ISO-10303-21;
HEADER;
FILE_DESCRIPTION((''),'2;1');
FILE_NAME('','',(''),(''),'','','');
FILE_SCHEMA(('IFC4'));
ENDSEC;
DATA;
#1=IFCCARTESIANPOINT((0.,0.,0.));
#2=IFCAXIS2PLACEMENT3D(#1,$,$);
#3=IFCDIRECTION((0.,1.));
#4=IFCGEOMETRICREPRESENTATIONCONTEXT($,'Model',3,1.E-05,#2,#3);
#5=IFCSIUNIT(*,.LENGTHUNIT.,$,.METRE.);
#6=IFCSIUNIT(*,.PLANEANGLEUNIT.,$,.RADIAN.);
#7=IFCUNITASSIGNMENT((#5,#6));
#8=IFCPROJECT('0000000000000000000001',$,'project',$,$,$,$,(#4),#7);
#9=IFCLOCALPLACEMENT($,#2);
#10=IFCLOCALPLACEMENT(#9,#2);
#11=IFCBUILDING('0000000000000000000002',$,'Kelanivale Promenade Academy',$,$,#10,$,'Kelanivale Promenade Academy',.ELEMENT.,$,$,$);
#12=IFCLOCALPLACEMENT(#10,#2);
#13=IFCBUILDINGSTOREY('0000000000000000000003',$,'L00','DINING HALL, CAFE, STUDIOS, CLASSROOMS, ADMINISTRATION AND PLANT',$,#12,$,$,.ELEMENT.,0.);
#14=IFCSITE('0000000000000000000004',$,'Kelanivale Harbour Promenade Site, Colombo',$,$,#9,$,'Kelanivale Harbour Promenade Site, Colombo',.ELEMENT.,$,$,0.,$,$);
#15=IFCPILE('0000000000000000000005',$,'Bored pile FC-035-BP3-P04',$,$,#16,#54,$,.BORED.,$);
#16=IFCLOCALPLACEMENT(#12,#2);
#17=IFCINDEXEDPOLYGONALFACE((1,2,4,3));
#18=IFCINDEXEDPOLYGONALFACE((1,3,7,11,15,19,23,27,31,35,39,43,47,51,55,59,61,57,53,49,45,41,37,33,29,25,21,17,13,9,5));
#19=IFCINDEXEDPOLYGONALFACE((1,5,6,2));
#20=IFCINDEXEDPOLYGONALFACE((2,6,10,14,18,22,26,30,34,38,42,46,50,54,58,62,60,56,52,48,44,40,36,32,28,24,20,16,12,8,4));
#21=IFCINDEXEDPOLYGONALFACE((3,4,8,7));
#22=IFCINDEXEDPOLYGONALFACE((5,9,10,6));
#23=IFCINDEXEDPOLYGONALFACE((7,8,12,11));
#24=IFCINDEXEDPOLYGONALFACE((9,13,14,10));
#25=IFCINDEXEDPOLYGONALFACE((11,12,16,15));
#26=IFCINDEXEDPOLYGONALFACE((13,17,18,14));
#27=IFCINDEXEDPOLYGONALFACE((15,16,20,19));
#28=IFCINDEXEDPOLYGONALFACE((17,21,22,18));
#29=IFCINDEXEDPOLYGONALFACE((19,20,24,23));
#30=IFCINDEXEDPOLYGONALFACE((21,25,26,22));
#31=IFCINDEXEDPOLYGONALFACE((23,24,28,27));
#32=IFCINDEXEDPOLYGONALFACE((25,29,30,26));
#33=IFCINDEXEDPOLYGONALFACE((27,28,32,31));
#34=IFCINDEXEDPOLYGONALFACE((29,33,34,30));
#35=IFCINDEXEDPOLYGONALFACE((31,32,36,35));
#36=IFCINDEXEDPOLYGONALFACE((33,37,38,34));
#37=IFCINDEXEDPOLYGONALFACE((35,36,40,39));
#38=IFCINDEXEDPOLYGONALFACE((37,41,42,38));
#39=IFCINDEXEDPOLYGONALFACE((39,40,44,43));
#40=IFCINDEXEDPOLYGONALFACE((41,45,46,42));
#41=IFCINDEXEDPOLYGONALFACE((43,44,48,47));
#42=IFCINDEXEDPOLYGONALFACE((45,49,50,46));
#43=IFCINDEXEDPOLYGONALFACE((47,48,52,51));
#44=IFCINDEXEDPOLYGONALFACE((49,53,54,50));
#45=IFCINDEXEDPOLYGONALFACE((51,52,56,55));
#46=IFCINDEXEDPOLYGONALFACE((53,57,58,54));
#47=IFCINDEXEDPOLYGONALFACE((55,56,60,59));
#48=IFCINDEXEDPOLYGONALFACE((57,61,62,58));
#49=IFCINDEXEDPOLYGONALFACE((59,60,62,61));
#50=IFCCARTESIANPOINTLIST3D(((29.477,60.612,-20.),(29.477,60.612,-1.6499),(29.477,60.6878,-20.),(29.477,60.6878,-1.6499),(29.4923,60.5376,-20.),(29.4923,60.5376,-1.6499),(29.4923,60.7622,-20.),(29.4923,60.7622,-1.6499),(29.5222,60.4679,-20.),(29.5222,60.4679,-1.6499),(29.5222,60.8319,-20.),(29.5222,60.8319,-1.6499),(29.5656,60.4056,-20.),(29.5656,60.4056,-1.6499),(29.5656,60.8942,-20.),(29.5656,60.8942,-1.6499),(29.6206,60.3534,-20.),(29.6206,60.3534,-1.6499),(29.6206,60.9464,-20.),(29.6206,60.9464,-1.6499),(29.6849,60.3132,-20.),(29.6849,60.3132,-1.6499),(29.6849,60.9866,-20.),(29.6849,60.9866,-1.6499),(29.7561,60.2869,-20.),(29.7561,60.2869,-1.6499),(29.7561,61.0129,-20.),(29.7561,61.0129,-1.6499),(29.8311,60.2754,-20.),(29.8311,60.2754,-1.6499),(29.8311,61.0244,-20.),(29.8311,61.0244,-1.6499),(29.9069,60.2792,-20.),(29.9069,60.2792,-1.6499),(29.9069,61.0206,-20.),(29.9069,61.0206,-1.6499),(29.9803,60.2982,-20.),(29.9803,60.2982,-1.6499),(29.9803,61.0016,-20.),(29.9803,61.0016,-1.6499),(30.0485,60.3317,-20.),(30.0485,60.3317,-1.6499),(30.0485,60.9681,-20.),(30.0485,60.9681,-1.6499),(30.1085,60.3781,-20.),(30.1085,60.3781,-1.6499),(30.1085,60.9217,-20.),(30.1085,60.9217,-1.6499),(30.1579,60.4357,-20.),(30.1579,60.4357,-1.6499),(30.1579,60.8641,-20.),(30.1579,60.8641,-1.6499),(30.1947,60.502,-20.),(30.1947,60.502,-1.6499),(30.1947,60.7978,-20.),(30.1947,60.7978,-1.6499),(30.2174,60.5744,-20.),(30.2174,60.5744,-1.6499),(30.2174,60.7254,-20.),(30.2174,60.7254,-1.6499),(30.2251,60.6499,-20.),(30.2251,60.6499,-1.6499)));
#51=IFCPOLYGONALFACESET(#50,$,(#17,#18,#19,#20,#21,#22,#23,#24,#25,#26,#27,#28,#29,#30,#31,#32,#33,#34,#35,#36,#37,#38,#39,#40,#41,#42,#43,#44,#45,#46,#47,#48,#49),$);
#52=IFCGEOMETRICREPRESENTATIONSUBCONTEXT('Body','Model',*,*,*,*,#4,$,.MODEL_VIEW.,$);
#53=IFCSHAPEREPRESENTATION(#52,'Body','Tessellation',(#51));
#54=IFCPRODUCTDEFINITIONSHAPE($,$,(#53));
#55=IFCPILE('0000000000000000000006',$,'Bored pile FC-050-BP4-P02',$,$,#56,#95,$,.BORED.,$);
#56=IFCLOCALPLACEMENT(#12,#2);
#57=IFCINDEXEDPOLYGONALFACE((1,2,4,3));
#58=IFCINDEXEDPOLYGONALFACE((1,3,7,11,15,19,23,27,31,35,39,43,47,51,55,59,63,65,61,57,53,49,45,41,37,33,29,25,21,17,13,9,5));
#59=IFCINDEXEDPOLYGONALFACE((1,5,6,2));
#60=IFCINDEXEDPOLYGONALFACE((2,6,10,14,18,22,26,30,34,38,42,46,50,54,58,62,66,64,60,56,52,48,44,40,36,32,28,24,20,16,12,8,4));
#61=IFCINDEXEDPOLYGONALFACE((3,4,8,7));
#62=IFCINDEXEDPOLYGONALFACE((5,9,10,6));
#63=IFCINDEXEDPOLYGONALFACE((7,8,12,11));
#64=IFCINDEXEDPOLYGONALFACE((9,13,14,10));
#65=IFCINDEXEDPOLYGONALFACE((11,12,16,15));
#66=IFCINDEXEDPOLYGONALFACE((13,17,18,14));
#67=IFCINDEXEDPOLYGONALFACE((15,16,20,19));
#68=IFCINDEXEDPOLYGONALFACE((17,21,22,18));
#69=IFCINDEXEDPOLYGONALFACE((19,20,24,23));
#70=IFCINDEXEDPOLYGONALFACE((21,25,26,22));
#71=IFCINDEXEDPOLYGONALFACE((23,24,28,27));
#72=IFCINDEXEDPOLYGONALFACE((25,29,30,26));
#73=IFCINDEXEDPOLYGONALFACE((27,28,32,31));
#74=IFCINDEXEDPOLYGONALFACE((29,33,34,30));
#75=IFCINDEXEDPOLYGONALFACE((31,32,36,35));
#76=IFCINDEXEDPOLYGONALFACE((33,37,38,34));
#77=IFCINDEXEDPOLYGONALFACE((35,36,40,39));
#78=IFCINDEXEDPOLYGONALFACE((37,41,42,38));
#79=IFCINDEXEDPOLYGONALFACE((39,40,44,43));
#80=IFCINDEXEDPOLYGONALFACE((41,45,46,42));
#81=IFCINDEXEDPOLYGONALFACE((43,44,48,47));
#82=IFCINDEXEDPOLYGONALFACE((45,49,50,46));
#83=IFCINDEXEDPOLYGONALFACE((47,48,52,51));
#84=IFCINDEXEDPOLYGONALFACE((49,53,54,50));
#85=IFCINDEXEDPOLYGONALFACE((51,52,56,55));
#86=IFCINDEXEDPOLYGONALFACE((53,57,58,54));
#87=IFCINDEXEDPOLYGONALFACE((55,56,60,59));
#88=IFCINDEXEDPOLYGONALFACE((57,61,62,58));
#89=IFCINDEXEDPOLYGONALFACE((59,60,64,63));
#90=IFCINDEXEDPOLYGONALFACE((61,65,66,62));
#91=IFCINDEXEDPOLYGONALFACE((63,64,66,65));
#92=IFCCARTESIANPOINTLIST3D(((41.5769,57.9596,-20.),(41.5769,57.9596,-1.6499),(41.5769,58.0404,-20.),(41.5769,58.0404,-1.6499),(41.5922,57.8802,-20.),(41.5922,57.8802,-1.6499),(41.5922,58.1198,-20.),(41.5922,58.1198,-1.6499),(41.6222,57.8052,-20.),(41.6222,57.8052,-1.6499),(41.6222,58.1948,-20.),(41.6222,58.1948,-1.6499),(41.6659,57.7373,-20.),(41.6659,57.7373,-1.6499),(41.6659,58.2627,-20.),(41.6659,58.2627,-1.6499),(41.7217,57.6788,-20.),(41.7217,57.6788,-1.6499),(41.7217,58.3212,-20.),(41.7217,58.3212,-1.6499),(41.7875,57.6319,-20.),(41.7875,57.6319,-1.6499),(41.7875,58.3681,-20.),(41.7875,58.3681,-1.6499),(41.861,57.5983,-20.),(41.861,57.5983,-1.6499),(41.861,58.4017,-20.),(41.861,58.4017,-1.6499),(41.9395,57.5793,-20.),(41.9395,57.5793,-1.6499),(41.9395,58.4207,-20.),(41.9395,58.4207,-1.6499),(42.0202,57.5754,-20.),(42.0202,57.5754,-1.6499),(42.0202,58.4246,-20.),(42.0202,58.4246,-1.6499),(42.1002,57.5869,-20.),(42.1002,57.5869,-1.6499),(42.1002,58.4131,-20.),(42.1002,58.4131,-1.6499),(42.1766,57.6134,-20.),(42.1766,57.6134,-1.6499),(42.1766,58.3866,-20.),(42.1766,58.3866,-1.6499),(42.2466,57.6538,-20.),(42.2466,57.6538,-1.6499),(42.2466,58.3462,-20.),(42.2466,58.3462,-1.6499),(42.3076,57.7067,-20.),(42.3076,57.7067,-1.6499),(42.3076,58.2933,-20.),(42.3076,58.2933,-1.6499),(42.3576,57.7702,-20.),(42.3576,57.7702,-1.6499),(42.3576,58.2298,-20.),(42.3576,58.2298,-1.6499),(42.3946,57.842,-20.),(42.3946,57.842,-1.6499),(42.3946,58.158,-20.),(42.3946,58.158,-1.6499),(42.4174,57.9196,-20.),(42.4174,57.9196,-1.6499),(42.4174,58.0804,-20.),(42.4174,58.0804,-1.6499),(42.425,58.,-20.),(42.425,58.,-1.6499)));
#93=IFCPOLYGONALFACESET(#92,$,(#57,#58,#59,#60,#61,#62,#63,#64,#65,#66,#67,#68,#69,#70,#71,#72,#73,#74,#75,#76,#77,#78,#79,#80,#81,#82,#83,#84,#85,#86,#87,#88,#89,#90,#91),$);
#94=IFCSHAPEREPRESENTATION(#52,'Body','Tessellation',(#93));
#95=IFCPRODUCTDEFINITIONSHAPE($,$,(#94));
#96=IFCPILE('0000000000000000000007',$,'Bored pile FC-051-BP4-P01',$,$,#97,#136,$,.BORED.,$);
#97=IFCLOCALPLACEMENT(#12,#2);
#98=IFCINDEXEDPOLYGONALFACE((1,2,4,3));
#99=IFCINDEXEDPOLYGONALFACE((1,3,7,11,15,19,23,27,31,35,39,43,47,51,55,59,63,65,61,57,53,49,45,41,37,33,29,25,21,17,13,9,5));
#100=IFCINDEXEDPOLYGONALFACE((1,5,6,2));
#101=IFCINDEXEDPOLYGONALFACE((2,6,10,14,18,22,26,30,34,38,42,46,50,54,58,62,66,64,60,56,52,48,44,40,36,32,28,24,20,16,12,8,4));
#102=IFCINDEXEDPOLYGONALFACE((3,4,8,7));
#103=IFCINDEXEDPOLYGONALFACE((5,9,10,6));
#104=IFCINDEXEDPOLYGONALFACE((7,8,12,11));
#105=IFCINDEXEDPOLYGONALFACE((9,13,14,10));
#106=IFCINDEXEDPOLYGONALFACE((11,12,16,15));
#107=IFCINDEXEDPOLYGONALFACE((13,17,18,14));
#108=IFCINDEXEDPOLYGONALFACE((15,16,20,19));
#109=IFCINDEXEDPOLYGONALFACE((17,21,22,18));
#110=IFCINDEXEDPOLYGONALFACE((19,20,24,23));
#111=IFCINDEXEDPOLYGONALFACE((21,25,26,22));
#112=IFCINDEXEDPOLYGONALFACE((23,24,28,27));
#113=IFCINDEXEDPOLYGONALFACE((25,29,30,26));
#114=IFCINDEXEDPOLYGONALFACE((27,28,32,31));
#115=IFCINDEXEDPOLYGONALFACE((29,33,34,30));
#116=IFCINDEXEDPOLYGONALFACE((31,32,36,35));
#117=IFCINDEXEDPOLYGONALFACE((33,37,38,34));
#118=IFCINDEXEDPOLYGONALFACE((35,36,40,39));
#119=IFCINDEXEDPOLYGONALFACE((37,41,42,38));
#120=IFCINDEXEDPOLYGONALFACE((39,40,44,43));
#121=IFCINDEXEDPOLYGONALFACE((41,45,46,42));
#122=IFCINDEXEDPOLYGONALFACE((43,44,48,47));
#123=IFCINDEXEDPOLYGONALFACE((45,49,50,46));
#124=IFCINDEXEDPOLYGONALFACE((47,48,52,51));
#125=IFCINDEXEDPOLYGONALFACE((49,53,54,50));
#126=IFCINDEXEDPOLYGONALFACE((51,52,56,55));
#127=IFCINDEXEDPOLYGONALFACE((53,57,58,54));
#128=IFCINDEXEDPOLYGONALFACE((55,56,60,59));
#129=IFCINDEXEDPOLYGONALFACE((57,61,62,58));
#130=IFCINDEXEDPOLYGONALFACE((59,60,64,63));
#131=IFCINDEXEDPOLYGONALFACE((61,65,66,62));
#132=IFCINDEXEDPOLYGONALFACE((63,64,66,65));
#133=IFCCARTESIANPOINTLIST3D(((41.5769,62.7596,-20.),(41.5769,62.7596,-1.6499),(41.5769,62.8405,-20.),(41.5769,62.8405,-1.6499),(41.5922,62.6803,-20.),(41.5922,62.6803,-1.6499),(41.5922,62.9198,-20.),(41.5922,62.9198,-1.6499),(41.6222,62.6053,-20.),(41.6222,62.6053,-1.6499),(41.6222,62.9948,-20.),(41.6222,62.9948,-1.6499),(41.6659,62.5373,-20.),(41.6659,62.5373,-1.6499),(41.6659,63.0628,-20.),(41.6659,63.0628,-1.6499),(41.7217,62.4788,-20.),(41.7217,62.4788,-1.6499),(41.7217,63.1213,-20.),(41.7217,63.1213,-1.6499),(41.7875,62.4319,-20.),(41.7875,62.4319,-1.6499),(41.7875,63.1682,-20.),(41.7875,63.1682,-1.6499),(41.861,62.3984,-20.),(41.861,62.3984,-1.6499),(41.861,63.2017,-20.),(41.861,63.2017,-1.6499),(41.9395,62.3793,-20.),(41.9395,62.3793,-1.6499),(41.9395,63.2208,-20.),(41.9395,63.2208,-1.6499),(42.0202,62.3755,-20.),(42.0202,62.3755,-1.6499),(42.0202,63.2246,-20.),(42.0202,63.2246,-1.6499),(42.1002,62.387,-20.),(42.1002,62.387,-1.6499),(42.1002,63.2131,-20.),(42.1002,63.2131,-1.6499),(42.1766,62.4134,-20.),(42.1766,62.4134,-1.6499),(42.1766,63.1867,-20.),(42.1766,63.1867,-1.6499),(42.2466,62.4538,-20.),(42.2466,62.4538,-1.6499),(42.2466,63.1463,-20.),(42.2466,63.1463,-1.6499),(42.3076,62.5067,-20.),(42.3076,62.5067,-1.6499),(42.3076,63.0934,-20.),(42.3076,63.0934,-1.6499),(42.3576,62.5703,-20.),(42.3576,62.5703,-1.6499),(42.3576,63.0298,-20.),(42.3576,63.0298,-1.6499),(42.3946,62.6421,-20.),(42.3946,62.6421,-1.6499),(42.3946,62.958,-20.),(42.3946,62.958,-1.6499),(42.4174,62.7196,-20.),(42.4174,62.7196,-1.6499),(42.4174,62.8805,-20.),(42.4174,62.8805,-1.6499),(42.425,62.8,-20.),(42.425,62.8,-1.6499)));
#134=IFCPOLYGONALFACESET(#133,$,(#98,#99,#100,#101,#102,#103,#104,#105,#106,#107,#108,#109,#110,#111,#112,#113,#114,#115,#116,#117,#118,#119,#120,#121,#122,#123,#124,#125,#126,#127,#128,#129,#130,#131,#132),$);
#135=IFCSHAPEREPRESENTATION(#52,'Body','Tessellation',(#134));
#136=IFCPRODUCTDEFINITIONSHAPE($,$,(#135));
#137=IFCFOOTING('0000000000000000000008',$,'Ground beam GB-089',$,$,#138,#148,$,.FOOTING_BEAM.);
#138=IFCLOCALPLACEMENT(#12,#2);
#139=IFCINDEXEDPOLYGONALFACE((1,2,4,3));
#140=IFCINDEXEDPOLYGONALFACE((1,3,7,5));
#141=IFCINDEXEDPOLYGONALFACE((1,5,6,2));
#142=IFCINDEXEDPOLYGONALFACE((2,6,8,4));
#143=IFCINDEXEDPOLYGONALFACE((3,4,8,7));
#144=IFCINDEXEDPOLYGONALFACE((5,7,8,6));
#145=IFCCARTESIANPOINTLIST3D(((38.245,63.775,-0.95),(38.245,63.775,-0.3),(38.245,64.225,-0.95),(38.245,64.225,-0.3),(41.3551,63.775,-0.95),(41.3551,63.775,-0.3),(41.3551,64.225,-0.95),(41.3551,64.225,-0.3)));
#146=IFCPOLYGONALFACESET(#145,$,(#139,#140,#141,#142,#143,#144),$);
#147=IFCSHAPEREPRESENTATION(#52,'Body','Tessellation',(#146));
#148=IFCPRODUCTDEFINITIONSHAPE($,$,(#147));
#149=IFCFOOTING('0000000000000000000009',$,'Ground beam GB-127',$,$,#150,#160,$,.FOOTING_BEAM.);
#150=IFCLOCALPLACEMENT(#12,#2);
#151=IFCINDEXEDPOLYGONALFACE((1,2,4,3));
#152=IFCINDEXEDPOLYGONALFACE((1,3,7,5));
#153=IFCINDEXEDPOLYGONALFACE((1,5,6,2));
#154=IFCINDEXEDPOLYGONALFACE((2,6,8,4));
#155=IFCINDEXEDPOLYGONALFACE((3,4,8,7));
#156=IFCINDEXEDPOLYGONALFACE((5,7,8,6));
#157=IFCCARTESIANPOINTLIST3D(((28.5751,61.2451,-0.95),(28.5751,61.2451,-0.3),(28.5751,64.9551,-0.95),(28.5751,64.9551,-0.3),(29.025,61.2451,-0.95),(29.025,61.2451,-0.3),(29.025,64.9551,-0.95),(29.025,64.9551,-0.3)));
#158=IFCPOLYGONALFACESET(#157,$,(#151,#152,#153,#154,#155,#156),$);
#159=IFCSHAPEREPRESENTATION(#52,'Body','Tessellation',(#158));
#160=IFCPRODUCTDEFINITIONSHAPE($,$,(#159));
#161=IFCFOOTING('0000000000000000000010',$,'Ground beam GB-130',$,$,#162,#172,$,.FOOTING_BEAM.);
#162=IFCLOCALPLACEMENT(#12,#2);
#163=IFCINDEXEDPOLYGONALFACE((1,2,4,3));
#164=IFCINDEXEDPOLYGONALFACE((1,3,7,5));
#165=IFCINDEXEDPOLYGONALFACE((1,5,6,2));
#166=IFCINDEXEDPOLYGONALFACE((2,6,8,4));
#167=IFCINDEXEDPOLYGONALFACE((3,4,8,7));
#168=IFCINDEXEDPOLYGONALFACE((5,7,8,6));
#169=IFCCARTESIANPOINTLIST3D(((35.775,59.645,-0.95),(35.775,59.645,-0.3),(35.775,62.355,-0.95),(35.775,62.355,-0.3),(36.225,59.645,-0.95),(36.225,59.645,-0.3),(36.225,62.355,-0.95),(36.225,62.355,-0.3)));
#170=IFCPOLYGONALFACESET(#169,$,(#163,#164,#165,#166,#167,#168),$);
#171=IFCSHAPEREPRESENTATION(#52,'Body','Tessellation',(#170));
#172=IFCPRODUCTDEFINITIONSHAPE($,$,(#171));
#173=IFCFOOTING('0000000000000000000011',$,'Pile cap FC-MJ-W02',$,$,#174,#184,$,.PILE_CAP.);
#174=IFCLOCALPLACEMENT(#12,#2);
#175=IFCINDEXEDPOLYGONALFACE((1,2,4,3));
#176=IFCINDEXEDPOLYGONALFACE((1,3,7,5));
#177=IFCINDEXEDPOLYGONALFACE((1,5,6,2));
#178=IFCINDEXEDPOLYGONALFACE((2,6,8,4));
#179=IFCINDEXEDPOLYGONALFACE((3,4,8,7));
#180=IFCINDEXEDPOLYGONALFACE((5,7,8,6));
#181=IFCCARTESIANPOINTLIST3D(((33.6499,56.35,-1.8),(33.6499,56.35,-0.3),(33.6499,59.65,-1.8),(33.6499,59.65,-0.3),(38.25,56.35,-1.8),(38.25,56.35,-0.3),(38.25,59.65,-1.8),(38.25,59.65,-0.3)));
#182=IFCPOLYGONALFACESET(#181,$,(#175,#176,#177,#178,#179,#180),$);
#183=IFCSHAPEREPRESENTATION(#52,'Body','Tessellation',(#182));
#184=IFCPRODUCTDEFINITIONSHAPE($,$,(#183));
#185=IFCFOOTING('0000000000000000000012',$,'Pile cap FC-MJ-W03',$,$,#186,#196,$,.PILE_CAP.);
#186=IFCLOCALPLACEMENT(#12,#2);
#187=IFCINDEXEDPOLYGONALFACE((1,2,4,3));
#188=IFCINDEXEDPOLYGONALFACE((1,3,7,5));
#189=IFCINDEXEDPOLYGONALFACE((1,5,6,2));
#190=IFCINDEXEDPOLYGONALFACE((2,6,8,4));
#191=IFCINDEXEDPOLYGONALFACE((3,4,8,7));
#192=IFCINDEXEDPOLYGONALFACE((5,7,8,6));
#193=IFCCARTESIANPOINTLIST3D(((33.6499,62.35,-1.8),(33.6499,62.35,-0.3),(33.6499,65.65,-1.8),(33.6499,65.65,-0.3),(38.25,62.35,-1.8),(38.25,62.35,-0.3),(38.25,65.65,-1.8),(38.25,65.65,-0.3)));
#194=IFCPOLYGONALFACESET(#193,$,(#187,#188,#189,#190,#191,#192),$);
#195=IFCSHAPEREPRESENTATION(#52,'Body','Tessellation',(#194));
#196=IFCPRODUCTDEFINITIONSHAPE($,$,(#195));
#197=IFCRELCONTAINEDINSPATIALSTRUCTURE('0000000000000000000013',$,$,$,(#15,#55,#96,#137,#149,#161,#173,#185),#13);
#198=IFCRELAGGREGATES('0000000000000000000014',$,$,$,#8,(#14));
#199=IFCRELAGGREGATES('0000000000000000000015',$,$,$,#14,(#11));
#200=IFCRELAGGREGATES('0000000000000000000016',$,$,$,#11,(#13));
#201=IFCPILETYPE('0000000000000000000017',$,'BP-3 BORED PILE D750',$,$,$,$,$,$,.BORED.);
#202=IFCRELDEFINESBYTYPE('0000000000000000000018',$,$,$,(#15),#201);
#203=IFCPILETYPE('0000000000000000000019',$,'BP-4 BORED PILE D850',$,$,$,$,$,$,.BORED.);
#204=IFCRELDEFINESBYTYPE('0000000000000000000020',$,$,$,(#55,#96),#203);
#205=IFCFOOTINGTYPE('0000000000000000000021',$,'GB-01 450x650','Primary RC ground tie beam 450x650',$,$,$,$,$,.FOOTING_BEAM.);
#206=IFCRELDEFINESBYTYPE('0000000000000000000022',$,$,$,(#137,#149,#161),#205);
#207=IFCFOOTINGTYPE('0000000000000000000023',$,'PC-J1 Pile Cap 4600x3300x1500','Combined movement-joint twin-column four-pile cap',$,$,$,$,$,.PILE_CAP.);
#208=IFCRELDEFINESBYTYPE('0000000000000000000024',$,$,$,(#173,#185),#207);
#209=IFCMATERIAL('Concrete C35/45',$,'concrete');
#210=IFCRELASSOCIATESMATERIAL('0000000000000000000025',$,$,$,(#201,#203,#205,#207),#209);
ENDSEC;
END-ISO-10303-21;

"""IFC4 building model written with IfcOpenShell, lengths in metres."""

from ifc_helpers import new_model, si_unit, direction, frame, origin, origin_2d, place, context, subcontext, project, spatial, rectangle, circle, extrude, material, material_profile, profile_set, type_object, element, save


model = new_model("IFC4")

# Units and contexts
model_context = context("Model", 3, precision=1e-05, world=origin(), true_north=direction((0.0, 1.0)))
body_context = subcontext(model_context, "Body", "Model", "MODEL_VIEW")
ifc_project = project(units=[si_unit("LENGTHUNIT", "METRE"), si_unit("PLANEANGLEUNIT", "RADIAN")], contexts=[model_context])

# Site, building, storey
site_placement = place(None, origin())
site = spatial("IfcSite", under=ifc_project, at=site_placement, Name="Kelanivale Harbour Promenade Site, Colombo", LongName="Kelanivale Harbour Promenade Site, Colombo", CompositionType="ELEMENT", RefElevation=0.0)
building_placement = place(site_placement, origin())
building = spatial("IfcBuilding", under=site, at=building_placement, Name="Kelanivale Promenade Academy", LongName="Kelanivale Promenade Academy", CompositionType="ELEMENT")
storey_placement = place(building_placement, origin())
storey = spatial("IfcBuildingStorey", under=building, at=storey_placement, Name="L00", Description="DINING HALL, CAFE, STUDIOS, CLASSROOMS, ADMINISTRATION AND PLANT", CompositionType="ELEMENT", Elevation=0.0)

# Piles
ifc_material_1 = material(Name="Concrete C35/45", Category="concrete")
ifc_material_profile_1 = material_profile(ifc_material_1, circle(Radius=0.375, at=origin_2d()), Name="BORED PILE D750")
ifc_profile_set_1 = profile_set([ifc_material_profile_1], Name="Concrete C35/45")
pile_type_1 = type_object("IfcPileType", Name="BP-3 BORED PILE D750", PredefinedType="BORED", material=ifc_profile_set_1)
for number, where, z_axis, x_axis, name in (
    (1, (29.8501, 60.6499, -1.6499), (0.0, 0.0, -1.0), (1.0, 0.0, 0.0), "Bored pile FC-035-BP3-P04"),
):
    element("IfcPile", number, at=place(storey_placement, frame(where, z_axis=z_axis, x_axis=x_axis)), inside=storey, type_object=pile_type_1, Name=name, PredefinedType="BORED", context=body_context, shape_type="SweptSolid", body=[
        extrude(circle(Radius=0.375, at=origin_2d()), origin(), (0.0, 0.0, 1.0), 18.3501),
    ])
ifc_material_profile_2 = material_profile(ifc_material_1, circle(Radius=0.425, at=origin_2d()), Name="BORED PILE D850")
ifc_profile_set_2 = profile_set([ifc_material_profile_2], Name="Concrete C35/45")
pile_type_2 = type_object("IfcPileType", Name="BP-4 BORED PILE D850", PredefinedType="BORED", material=ifc_profile_set_2)
for number, where, z_axis, x_axis, name in (
    (2, (42.0, 58.0, -1.6499), (0.0, 0.0, -1.0), (1.0, 0.0, 0.0), "Bored pile FC-050-BP4-P02"),
    (3, (42.0, 62.8, -1.6499), (0.0, 0.0, -1.0), (1.0, 0.0, 0.0), "Bored pile FC-051-BP4-P01"),
):
    element("IfcPile", number, at=place(storey_placement, frame(where, z_axis=z_axis, x_axis=x_axis)), inside=storey, type_object=pile_type_2, Name=name, PredefinedType="BORED", context=body_context, shape_type="SweptSolid", body=[
        extrude(circle(Radius=0.425, at=origin_2d()), origin(), (0.0, 0.0, 1.0), 18.3501),
    ])

# Footings
footing_type_1 = type_object("IfcFootingType", Name="GB-01 450x650", Description="Primary RC ground tie beam 450x650", PredefinedType="FOOTING_BEAM", material=ifc_material_1)
footing_1_placement = place(storey_placement, frame((39.8, 64.0, -0.95), z_axis=(0.0, 0.0, 1.0), x_axis=(1.0, 0.0, 0.0)))
element("IfcFooting", 4, at=footing_1_placement, inside=storey, type_object=footing_type_1, Name="Ground beam GB-089", PredefinedType="FOOTING_BEAM", context=body_context, shape_type="SweptSolid", body=[
    extrude(rectangle(XDim=3.1101, YDim=0.45, at=origin_2d()), origin(), (0.0, 0.0, 1.0), 0.6499),
])
footing_2_placement = place(storey_placement, frame((28.8, 63.1001, -0.95), z_axis=(0.0, 0.0, 1.0), x_axis=(0.0, 1.0, 0.0)))
element("IfcFooting", 5, at=footing_2_placement, inside=storey, type_object=footing_type_1, Name="Ground beam GB-127", PredefinedType="FOOTING_BEAM", context=body_context, shape_type="SweptSolid", body=[
    extrude(rectangle(XDim=3.71, YDim=0.45, at=origin_2d()), origin(), (0.0, 0.0, 1.0), 0.6499),
])
footing_3_placement = place(storey_placement, frame((36.0, 61.0, -0.95), z_axis=(0.0, 0.0, 1.0), x_axis=(0.0, 1.0, 0.0)))
element("IfcFooting", 6, at=footing_3_placement, inside=storey, type_object=footing_type_1, Name="Ground beam GB-130", PredefinedType="FOOTING_BEAM", context=body_context, shape_type="SweptSolid", body=[
    extrude(rectangle(XDim=2.71, YDim=0.45, at=origin_2d()), origin(), (0.0, 0.0, 1.0), 0.6499),
])
footing_type_2 = type_object("IfcFootingType", Name="PC-J1 Pile Cap 4600x3300x1500", Description="Combined movement-joint twin-column four-pile cap", PredefinedType="PILE_CAP", material=ifc_material_1)
for number, where, z_axis, x_axis, name in (
    (7, (35.95, 58.0, -1.8), (0.0, 0.0, 1.0), (1.0, 0.0, 0.0), "Pile cap FC-MJ-W02"),
    (8, (35.95, 64.0, -1.8), (0.0, 0.0, 1.0), (1.0, 0.0, 0.0), "Pile cap FC-MJ-W03"),
):
    element("IfcFooting", number, at=place(storey_placement, frame(where, z_axis=z_axis, x_axis=x_axis)), inside=storey, type_object=footing_type_2, Name=name, PredefinedType="PILE_CAP", context=body_context, shape_type="SweptSolid", body=[
        extrude(rectangle(XDim=4.6001, YDim=3.3, at=origin_2d()), origin(), (0.0, 0.0, 1.0), 1.5),
    ])

save(model, "model.ifc")
